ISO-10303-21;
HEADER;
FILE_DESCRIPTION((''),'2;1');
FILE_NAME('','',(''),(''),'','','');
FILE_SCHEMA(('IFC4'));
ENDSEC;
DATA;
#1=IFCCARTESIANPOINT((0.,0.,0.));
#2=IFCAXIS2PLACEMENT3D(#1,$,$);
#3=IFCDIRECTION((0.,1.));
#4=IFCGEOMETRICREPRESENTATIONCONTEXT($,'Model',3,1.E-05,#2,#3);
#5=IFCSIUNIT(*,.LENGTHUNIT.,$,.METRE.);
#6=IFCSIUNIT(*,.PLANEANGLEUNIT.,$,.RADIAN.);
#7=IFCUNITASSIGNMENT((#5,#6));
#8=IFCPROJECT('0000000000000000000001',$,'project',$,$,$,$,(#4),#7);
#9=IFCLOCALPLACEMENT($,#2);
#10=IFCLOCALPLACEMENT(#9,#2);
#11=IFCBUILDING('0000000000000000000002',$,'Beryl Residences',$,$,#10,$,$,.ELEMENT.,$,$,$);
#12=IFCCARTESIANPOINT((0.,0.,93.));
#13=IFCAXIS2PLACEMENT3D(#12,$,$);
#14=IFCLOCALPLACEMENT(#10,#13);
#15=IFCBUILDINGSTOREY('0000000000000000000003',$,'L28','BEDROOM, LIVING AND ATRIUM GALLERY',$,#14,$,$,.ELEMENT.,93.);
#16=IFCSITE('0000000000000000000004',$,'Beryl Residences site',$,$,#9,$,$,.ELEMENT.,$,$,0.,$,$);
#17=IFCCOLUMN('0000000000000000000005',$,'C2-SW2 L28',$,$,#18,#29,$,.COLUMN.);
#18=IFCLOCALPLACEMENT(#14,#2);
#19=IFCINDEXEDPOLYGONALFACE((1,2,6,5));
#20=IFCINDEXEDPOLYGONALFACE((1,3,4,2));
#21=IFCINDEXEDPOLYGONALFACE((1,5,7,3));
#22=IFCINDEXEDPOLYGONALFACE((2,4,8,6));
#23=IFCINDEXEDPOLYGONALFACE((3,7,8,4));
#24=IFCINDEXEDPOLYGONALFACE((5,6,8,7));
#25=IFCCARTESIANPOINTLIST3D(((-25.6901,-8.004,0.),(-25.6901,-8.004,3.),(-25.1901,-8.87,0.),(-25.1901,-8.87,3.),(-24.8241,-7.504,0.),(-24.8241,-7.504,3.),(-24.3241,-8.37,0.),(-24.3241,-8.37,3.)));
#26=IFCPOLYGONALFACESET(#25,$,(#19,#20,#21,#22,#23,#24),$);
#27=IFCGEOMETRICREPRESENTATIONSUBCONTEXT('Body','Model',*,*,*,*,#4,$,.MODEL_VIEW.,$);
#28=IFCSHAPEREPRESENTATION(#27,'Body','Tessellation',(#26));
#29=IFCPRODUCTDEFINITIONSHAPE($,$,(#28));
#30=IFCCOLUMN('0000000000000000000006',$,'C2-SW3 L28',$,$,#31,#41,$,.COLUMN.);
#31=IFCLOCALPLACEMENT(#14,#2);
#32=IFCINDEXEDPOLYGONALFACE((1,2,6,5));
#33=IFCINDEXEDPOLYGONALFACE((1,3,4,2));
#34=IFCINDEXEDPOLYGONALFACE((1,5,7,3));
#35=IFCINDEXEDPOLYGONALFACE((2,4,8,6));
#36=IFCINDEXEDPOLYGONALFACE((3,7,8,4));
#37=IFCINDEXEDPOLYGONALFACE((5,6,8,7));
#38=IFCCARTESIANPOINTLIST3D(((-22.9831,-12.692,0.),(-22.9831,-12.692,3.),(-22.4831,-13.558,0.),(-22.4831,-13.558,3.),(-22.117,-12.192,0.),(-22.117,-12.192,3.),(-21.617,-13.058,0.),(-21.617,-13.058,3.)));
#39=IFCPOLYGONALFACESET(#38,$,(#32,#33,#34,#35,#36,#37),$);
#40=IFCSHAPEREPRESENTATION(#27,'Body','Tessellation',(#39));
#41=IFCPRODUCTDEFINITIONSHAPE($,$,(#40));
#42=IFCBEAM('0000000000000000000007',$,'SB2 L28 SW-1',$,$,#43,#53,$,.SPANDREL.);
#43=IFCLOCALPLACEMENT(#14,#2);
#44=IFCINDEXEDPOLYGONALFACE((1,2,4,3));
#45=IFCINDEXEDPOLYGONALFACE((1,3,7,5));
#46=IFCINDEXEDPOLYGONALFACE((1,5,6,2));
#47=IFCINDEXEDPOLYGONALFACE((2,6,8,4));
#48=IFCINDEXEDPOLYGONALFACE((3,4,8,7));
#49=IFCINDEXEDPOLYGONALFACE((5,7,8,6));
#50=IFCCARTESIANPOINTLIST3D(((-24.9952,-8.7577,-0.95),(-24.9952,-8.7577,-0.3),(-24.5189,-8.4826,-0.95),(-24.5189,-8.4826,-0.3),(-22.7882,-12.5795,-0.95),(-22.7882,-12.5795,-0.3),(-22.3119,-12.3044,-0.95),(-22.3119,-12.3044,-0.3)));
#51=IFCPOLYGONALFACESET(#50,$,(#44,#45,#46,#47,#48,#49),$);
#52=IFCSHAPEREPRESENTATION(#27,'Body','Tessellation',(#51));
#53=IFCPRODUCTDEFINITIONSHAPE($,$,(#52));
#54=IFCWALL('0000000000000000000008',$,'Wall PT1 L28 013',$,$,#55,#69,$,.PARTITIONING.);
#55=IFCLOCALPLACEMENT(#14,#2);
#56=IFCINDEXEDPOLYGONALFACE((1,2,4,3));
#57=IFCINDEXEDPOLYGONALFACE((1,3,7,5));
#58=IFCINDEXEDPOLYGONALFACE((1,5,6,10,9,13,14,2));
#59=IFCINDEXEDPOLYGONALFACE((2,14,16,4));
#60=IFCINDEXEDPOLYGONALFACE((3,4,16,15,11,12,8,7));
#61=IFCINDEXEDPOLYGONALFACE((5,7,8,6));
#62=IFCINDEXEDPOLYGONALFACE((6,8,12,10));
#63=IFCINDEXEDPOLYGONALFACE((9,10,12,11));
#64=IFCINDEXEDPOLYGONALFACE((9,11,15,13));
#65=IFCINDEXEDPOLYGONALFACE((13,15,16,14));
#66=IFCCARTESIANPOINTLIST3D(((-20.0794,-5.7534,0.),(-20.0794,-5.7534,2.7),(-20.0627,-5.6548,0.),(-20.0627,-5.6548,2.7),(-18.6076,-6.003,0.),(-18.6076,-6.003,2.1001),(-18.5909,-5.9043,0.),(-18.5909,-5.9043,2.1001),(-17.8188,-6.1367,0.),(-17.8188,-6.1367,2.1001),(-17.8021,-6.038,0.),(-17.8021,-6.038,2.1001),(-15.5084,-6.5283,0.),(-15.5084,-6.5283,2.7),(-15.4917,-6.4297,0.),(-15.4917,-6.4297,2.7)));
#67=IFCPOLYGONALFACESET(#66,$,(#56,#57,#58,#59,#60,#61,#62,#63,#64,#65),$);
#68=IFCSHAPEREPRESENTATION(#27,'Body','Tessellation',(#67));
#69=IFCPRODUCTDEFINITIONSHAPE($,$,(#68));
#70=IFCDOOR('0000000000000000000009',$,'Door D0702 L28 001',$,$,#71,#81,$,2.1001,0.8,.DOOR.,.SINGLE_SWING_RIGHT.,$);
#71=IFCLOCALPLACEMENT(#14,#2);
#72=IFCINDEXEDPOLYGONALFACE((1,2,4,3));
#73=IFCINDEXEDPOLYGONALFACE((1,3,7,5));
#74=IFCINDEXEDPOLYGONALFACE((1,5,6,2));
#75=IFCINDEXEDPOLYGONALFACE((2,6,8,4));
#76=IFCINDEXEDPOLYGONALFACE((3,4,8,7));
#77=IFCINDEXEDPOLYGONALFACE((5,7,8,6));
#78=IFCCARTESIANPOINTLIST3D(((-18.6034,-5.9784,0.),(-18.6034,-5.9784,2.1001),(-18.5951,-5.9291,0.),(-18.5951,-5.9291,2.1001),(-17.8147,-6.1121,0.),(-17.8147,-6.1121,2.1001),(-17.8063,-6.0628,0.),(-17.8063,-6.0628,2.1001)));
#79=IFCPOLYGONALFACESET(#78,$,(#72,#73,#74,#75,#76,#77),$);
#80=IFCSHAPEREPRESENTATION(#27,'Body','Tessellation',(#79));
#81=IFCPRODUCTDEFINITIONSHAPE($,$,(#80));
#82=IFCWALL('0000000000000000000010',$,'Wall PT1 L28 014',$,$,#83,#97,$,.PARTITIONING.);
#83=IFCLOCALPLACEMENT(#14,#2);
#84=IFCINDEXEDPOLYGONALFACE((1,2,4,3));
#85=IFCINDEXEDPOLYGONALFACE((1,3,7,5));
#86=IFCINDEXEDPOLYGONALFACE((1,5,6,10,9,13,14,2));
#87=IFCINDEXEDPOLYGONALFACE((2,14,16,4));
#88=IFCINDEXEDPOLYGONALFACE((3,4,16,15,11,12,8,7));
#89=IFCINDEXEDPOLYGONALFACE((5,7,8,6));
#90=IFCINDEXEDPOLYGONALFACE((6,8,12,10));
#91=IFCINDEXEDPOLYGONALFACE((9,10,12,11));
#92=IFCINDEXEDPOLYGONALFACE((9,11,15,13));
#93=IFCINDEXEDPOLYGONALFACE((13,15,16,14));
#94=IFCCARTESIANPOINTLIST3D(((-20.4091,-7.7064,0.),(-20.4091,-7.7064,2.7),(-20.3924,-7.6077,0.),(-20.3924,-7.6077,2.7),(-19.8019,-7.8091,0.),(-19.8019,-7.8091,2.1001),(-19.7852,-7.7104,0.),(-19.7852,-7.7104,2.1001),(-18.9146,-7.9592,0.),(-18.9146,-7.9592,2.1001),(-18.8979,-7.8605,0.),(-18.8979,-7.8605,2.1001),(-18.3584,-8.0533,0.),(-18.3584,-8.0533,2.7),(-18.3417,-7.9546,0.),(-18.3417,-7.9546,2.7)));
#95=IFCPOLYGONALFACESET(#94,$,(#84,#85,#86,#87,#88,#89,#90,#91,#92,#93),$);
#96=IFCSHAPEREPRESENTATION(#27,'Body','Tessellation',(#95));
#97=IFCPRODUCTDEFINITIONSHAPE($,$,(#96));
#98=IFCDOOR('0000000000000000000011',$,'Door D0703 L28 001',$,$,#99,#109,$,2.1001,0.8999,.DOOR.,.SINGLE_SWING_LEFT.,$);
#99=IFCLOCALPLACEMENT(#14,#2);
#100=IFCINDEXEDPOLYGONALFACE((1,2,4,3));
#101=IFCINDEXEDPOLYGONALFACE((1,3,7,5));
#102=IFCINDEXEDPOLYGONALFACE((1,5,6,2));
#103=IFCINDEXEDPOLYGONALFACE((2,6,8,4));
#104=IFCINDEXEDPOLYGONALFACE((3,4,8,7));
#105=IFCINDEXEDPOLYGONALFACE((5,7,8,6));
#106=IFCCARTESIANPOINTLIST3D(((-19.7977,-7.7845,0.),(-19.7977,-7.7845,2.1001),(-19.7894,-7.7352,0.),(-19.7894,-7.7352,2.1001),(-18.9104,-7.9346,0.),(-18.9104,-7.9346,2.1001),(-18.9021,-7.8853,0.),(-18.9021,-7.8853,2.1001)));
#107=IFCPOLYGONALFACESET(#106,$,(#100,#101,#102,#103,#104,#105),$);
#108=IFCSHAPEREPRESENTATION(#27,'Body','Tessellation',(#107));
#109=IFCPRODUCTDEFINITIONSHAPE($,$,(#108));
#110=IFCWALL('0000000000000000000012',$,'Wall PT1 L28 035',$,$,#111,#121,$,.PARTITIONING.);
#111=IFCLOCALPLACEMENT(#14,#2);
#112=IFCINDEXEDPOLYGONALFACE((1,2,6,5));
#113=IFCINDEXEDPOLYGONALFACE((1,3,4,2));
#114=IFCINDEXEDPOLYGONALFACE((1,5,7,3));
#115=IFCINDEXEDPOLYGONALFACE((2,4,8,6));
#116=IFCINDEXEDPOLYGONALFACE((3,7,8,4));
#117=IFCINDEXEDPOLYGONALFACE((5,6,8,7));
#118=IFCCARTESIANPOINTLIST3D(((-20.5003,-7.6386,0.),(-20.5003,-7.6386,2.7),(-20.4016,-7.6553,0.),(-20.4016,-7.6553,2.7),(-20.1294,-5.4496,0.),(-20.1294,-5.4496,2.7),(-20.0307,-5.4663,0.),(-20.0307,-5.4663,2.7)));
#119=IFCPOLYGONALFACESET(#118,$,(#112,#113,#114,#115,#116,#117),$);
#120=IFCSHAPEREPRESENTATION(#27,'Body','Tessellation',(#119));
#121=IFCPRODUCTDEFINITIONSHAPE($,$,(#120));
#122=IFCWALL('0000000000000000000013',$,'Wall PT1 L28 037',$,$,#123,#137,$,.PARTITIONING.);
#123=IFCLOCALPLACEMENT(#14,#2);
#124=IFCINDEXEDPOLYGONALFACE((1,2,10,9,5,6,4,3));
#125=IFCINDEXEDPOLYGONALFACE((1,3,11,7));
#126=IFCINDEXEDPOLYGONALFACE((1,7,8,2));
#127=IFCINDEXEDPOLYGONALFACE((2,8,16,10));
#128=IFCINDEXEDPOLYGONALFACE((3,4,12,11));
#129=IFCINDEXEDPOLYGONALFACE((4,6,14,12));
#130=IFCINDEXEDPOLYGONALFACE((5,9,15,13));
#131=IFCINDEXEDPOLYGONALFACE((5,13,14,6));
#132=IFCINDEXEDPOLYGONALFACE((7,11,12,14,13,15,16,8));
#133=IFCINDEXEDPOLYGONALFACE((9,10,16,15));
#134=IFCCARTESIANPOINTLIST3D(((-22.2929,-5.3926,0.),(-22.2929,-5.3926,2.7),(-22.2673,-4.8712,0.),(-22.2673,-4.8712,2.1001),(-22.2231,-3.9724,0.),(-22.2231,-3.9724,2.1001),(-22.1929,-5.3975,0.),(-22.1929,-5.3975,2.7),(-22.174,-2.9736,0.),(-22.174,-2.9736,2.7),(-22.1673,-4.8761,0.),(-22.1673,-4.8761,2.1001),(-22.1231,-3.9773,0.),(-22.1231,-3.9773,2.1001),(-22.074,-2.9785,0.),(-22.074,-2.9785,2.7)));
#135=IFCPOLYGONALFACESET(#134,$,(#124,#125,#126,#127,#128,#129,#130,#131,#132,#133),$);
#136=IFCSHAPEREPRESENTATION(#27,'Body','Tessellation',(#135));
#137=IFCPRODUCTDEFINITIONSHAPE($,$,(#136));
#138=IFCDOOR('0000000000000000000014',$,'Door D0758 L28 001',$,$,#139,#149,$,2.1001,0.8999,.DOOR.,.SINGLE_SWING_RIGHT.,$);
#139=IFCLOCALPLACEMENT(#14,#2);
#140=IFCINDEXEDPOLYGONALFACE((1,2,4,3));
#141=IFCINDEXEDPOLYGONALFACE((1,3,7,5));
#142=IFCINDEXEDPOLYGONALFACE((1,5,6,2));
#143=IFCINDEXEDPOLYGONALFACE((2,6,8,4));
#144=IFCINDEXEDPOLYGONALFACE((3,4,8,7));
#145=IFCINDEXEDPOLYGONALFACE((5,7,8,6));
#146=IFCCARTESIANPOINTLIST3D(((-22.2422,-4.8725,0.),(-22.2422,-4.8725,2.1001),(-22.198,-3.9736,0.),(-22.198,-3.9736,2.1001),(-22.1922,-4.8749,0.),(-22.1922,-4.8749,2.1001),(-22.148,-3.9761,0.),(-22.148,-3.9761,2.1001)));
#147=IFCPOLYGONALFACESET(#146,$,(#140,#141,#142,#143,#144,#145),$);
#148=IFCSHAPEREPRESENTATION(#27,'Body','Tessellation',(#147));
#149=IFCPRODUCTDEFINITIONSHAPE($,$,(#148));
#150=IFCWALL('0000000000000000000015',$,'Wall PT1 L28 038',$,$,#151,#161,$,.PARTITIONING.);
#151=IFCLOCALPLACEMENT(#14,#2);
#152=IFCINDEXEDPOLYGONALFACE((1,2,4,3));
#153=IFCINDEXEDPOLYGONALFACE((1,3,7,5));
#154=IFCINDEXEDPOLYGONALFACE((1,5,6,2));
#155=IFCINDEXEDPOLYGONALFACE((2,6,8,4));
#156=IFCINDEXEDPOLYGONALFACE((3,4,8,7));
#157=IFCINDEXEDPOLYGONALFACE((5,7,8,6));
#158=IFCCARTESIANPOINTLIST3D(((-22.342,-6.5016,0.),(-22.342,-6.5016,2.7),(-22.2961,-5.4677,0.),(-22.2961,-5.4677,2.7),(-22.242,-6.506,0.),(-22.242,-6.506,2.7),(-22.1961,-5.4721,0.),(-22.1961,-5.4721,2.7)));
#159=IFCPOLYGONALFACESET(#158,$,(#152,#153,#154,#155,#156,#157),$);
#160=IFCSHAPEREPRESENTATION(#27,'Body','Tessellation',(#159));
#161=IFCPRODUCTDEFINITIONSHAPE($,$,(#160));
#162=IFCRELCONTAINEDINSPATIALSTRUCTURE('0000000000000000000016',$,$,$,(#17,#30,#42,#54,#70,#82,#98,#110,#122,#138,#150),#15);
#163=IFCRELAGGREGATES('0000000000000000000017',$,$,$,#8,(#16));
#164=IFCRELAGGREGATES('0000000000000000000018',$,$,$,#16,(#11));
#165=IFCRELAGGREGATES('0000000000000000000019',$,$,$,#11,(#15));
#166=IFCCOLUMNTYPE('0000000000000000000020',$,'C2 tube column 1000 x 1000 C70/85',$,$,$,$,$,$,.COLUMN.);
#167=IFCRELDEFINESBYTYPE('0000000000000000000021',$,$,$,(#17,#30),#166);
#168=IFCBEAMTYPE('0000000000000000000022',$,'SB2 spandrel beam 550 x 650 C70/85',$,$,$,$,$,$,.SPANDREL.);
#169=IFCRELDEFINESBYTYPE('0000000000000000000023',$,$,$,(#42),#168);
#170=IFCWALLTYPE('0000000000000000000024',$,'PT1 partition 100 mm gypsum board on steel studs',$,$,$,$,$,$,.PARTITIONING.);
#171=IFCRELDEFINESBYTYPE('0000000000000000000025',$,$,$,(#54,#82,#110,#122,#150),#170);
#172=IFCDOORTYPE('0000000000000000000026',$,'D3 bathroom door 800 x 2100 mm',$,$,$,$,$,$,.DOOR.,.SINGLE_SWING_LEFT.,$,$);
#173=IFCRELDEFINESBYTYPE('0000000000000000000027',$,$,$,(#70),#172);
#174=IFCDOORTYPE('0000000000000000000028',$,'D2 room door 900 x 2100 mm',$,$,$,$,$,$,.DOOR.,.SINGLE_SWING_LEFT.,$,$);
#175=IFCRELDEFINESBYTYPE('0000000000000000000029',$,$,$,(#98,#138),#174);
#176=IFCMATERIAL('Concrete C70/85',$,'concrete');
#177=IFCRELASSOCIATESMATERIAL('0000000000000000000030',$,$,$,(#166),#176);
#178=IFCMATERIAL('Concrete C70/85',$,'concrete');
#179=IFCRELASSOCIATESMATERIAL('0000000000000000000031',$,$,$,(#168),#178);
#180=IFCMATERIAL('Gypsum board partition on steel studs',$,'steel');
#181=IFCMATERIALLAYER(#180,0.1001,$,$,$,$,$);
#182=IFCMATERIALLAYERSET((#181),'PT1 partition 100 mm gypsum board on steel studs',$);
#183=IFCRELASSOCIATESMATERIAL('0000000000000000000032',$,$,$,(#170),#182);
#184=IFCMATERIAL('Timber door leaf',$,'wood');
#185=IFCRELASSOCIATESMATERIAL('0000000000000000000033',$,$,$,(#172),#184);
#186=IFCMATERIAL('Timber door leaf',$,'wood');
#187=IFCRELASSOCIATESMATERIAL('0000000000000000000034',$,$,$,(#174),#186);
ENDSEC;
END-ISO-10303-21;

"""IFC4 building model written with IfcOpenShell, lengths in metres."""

from ifc_helpers import new_model, si_unit, direction, frame, frame_2d, origin, origin_2d, place, context, subcontext, project, spatial, rectangle, extrude, material, layer, layer_set, material_profile, profile_set, type_object, element, fill, save


model = new_model("IFC4")

# Units and contexts
model_context = context("Model", 3, precision=1e-05, world=origin(), true_north=direction((0.0, 1.0)))
body_context = subcontext(model_context, "Body", "Model", "MODEL_VIEW")
ifc_project = project(units=[si_unit("LENGTHUNIT", "METRE"), si_unit("PLANEANGLEUNIT", "RADIAN")], contexts=[model_context])

# Site, building, storey
site_placement = place(None, origin())
site = spatial("IfcSite", under=ifc_project, at=site_placement, Name="Beryl Residences site", CompositionType="ELEMENT", RefElevation=0.0)
building_placement = place(site_placement, origin())
building = spatial("IfcBuilding", under=site, at=building_placement, Name="Beryl Residences", CompositionType="ELEMENT")
storey_placement = place(building_placement, frame((0.0, 0.0, 93.0)))
storey = spatial("IfcBuildingStorey", under=building, at=storey_placement, Name="L28", Description="BEDROOM, LIVING AND ATRIUM GALLERY", CompositionType="ELEMENT", Elevation=93.0)

# Columns
ifc_material_1 = material(Name="Concrete C70/85", Category="concrete")
ifc_material_profile_1 = material_profile(ifc_material_1, rectangle(XDim=1.0, YDim=1.0, at=origin_2d()))
ifc_profile_set_1 = profile_set([ifc_material_profile_1], Name="Concrete C70/85")
column_type = type_object("IfcColumnType", Name="C2 tube column 1000 x 1000 C70/85", PredefinedType="COLUMN", material=ifc_profile_set_1)
for number, where, z_axis, x_axis, name in (
    (1, (-25.0071, -8.187, 0.0), (0.0, 0.0, 1.0), (0.5, -0.866025, 0.0), "C2-SW2 L28"),
    (2, (-22.3, -12.875, 0.0), (0.0, 0.0, 1.0), (0.5, -0.866025, 0.0), "C2-SW3 L28"),
):
    element("IfcColumn", number, at=place(storey_placement, frame(where, z_axis=z_axis, x_axis=x_axis)), inside=storey, type_object=column_type, Name=name, PredefinedType="COLUMN", context=body_context, shape_type="SweptSolid", body=[
        extrude(rectangle(XDim=1.0, YDim=1.0, at=origin_2d()), origin(), (0.0, 0.0, 1.0), 3.0),
    ])

# Beam
ifc_material_2 = material(Name="Concrete C70/85", Category="concrete")
ifc_material_profile_2 = material_profile(ifc_material_2, rectangle(XDim=0.55, YDim=0.6499, at=origin_2d()))
ifc_profile_set_2 = profile_set([ifc_material_profile_2], Name="Concrete C70/85")
beam_type = type_object("IfcBeamType", Name="SB2 spandrel beam 550 x 650 C70/85", PredefinedType="SPANDREL", material=ifc_profile_set_2)
beam_placement = place(storey_placement, frame((-24.7571, -8.6201, -0.625), z_axis=(0.50009, -0.865974, 0.0), x_axis=(0.865974, 0.50009, 0.0)))
element("IfcBeam", 3, at=beam_placement, inside=storey, type_object=beam_type, Name="SB2 L28 SW-1", PredefinedType="SPANDREL", context=body_context, shape_type="SweptSolid", body=[
    extrude(rectangle(XDim=0.55, YDim=0.6499, at=origin_2d()), origin(), (0.0, 0.0, 1.0), 4.4133),
])

# Walls, openings, doors
ifc_material_3 = material(Name="Gypsum board partition on steel studs", Category="steel")
ifc_layer_1 = layer(ifc_material_3, 0.1001)
ifc_layer_set_1 = layer_set([ifc_layer_1], Name="PT1 partition 100 mm gypsum board on steel studs")
wall_type_1 = type_object("IfcWallType", Name="PT1 partition 100 mm gypsum board on steel studs", PredefinedType="PARTITIONING", material=ifc_layer_set_1)
wall_1_placement = place(storey_placement, frame((-20.071, -5.7041, 0.0), z_axis=(0.0, 0.0, 1.0), x_axis=(0.985933, -0.167139, 0.0)))
wall_1 = element("IfcWall", 4, at=wall_1_placement, inside=storey, type_object=wall_type_1, Name="Wall PT1 L28 013", PredefinedType="PARTITIONING", context=body_context, shape_type="SweptSolid", body=[
    extrude(rectangle(XDim=4.6362, YDim=0.1001, at=frame_2d((2.3181, 0.0))), origin(), (0.0, 0.0, 1.0), 2.7),
])
opening_1_placement = place(wall_1_placement, frame((1.4929, 0.0, 0.0)))
opening_1 = element("IfcOpeningElement", 5, at=opening_1_placement, cuts=wall_1, PredefinedType="OPENING", context=body_context, shape_type="SweptSolid", body=[
    extrude(rectangle(XDim=0.8, YDim=2.1001, at=frame_2d((0.3999, 1.05))), frame((0.0, 0.0601, 0.0), z_axis=(0.0, -1.0, 0.0), x_axis=(1.0, 0.0, 0.0)), (0.0, 0.0, 1.0), 0.1201),
])
ifc_material_4 = material(Name="Timber door leaf", Category="wood")
door_type_1 = type_object("IfcDoorType", Name="D3 bathroom door 800 x 2100 mm", OperationType="SINGLE_SWING_LEFT", PredefinedType="DOOR", material=ifc_material_4)
door_1_placement = place(opening_1_placement, origin())
door_1 = element("IfcDoor", 6, at=door_1_placement, inside=storey, type_object=door_type_1, Name="Door D0702 L28 001", OperationType="SINGLE_SWING_RIGHT", OverallHeight=2.1001, OverallWidth=0.8, PredefinedType="DOOR", context=body_context, shape_type="SweptSolid", body=[
    extrude(rectangle(XDim=0.8, YDim=2.1001, at=frame_2d((0.3999, 1.05))), frame((0.0, 0.0249, 0.0), z_axis=(0.0, -1.0, 0.0), x_axis=(1.0, 0.0, 0.0)), (0.0, 0.0, 1.0), 0.05),
])
fill(opening_1, door_1)
wall_2_placement = place(storey_placement, frame((-20.4009, -7.657, 0.0), z_axis=(0.0, 0.0, 1.0), x_axis=(0.985991, -0.166797, 0.0)))
wall_2 = element("IfcWall", 7, at=wall_2_placement, inside=storey, type_object=wall_type_1, Name="Wall PT1 L28 014", PredefinedType="PARTITIONING", context=body_context, shape_type="SweptSolid", body=[
    extrude(rectangle(XDim=2.0798, YDim=0.1001, at=frame_2d((1.04, 0.0))), origin(), (0.0, 0.0, 1.0), 2.7),
])
opening_2_placement = place(wall_2_placement, frame((0.616, 0.0, 0.0)))
opening_2 = element("IfcOpeningElement", 8, at=opening_2_placement, cuts=wall_2, PredefinedType="OPENING", context=body_context, shape_type="SweptSolid", body=[
    extrude(rectangle(XDim=0.8999, YDim=2.1001, at=frame_2d((0.45, 1.05))), frame((0.0, 0.0601, 0.0), z_axis=(0.0, -1.0, 0.0), x_axis=(1.0, 0.0, 0.0)), (0.0, 0.0, 1.0), 0.1201),
])
ifc_material_5 = material(Name="Timber door leaf", Category="wood")
door_type_2 = type_object("IfcDoorType", Name="D2 room door 900 x 2100 mm", OperationType="SINGLE_SWING_LEFT", PredefinedType="DOOR", material=ifc_material_5)
door_2_placement = place(opening_2_placement, origin())
door_2 = element("IfcDoor", 9, at=door_2_placement, inside=storey, type_object=door_type_2, Name="Door D0703 L28 001", OperationType="SINGLE_SWING_LEFT", OverallHeight=2.1001, OverallWidth=0.8999, PredefinedType="DOOR", context=body_context, shape_type="SweptSolid", body=[
    extrude(rectangle(XDim=0.8999, YDim=2.1001, at=frame_2d((0.45, 1.05))), frame((0.0, 0.0249, 0.0), z_axis=(0.0, -1.0, 0.0), x_axis=(1.0, 0.0, 0.0)), (0.0, 0.0, 1.0), 0.05),
])
fill(opening_2, door_2)

# Wall
wall_3_placement = place(storey_placement, frame((-20.4509, -7.647, 0.0), z_axis=(0.0, 0.0, 1.0), x_axis=(0.167038, 0.985951, 0.0)))
element("IfcWall", 10, at=wall_3_placement, inside=storey, type_object=wall_type_1, Name="Wall PT1 L28 035", PredefinedType="PARTITIONING", context=body_context, shape_type="SweptSolid", body=[
    extrude(rectangle(XDim=2.2202, YDim=0.1001, at=frame_2d((1.1101, 0.0))), origin(), (0.0, 0.0, 1.0), 2.7),
])

# Wall, opening, door
wall_4_placement = place(storey_placement, frame((-22.2429, -5.395, 0.0), z_axis=(0.0, 0.0, 1.0), x_axis=(0.049093, 0.998794, 0.0)))
wall_4 = element("IfcWall", 11, at=wall_4_placement, inside=storey, type_object=wall_type_1, Name="Wall PT1 L28 037", PredefinedType="PARTITIONING", context=body_context, shape_type="SweptSolid", body=[
    extrude(rectangle(XDim=2.4219, YDim=0.1001, at=frame_2d((1.2109, 0.0))), origin(), (0.0, 0.0, 1.0), 2.7),
])
opening_3_placement = place(wall_4_placement, frame((0.522, 0.0, 0.0)))
opening_3 = element("IfcOpeningElement", 12, at=opening_3_placement, cuts=wall_4, PredefinedType="OPENING", context=body_context, shape_type="SweptSolid", body=[
    extrude(rectangle(XDim=0.8999, YDim=2.1001, at=frame_2d((0.45, 1.05))), frame((0.0, 0.0601, 0.0), z_axis=(0.0, -1.0, 0.0), x_axis=(1.0, 0.0, 0.0)), (0.0, 0.0, 1.0), 0.1201),
])
door_3_placement = place(opening_3_placement, origin())
door_3 = element("IfcDoor", 13, at=door_3_placement, inside=storey, type_object=door_type_2, Name="Door D0758 L28 001", OperationType="SINGLE_SWING_RIGHT", OverallHeight=2.1001, OverallWidth=0.8999, PredefinedType="DOOR", context=body_context, shape_type="SweptSolid", body=[
    extrude(rectangle(XDim=0.8999, YDim=2.1001, at=frame_2d((0.45, 1.05))), frame((0.0, 0.0249, 0.0), z_axis=(0.0, -1.0, 0.0), x_axis=(1.0, 0.0, 0.0)), (0.0, 0.0, 1.0), 0.05),
])
fill(opening_3, door_3)

# Wall
wall_5_placement = place(storey_placement, frame((-22.292, -6.5039, 0.0), z_axis=(0.0, 0.0, 1.0), x_axis=(0.044348, 0.999016, 0.0)))
element("IfcWall", 14, at=wall_5_placement, inside=storey, type_object=wall_type_1, Name="Wall PT1 L28 038", PredefinedType="PARTITIONING", context=body_context, shape_type="SweptSolid", body=[
    extrude(rectangle(XDim=1.0349, YDim=0.1001, at=frame_2d((0.5176, 0.0))), origin(), (0.0, 0.0, 1.0), 2.7),
])

save(model, "model.ifc")
